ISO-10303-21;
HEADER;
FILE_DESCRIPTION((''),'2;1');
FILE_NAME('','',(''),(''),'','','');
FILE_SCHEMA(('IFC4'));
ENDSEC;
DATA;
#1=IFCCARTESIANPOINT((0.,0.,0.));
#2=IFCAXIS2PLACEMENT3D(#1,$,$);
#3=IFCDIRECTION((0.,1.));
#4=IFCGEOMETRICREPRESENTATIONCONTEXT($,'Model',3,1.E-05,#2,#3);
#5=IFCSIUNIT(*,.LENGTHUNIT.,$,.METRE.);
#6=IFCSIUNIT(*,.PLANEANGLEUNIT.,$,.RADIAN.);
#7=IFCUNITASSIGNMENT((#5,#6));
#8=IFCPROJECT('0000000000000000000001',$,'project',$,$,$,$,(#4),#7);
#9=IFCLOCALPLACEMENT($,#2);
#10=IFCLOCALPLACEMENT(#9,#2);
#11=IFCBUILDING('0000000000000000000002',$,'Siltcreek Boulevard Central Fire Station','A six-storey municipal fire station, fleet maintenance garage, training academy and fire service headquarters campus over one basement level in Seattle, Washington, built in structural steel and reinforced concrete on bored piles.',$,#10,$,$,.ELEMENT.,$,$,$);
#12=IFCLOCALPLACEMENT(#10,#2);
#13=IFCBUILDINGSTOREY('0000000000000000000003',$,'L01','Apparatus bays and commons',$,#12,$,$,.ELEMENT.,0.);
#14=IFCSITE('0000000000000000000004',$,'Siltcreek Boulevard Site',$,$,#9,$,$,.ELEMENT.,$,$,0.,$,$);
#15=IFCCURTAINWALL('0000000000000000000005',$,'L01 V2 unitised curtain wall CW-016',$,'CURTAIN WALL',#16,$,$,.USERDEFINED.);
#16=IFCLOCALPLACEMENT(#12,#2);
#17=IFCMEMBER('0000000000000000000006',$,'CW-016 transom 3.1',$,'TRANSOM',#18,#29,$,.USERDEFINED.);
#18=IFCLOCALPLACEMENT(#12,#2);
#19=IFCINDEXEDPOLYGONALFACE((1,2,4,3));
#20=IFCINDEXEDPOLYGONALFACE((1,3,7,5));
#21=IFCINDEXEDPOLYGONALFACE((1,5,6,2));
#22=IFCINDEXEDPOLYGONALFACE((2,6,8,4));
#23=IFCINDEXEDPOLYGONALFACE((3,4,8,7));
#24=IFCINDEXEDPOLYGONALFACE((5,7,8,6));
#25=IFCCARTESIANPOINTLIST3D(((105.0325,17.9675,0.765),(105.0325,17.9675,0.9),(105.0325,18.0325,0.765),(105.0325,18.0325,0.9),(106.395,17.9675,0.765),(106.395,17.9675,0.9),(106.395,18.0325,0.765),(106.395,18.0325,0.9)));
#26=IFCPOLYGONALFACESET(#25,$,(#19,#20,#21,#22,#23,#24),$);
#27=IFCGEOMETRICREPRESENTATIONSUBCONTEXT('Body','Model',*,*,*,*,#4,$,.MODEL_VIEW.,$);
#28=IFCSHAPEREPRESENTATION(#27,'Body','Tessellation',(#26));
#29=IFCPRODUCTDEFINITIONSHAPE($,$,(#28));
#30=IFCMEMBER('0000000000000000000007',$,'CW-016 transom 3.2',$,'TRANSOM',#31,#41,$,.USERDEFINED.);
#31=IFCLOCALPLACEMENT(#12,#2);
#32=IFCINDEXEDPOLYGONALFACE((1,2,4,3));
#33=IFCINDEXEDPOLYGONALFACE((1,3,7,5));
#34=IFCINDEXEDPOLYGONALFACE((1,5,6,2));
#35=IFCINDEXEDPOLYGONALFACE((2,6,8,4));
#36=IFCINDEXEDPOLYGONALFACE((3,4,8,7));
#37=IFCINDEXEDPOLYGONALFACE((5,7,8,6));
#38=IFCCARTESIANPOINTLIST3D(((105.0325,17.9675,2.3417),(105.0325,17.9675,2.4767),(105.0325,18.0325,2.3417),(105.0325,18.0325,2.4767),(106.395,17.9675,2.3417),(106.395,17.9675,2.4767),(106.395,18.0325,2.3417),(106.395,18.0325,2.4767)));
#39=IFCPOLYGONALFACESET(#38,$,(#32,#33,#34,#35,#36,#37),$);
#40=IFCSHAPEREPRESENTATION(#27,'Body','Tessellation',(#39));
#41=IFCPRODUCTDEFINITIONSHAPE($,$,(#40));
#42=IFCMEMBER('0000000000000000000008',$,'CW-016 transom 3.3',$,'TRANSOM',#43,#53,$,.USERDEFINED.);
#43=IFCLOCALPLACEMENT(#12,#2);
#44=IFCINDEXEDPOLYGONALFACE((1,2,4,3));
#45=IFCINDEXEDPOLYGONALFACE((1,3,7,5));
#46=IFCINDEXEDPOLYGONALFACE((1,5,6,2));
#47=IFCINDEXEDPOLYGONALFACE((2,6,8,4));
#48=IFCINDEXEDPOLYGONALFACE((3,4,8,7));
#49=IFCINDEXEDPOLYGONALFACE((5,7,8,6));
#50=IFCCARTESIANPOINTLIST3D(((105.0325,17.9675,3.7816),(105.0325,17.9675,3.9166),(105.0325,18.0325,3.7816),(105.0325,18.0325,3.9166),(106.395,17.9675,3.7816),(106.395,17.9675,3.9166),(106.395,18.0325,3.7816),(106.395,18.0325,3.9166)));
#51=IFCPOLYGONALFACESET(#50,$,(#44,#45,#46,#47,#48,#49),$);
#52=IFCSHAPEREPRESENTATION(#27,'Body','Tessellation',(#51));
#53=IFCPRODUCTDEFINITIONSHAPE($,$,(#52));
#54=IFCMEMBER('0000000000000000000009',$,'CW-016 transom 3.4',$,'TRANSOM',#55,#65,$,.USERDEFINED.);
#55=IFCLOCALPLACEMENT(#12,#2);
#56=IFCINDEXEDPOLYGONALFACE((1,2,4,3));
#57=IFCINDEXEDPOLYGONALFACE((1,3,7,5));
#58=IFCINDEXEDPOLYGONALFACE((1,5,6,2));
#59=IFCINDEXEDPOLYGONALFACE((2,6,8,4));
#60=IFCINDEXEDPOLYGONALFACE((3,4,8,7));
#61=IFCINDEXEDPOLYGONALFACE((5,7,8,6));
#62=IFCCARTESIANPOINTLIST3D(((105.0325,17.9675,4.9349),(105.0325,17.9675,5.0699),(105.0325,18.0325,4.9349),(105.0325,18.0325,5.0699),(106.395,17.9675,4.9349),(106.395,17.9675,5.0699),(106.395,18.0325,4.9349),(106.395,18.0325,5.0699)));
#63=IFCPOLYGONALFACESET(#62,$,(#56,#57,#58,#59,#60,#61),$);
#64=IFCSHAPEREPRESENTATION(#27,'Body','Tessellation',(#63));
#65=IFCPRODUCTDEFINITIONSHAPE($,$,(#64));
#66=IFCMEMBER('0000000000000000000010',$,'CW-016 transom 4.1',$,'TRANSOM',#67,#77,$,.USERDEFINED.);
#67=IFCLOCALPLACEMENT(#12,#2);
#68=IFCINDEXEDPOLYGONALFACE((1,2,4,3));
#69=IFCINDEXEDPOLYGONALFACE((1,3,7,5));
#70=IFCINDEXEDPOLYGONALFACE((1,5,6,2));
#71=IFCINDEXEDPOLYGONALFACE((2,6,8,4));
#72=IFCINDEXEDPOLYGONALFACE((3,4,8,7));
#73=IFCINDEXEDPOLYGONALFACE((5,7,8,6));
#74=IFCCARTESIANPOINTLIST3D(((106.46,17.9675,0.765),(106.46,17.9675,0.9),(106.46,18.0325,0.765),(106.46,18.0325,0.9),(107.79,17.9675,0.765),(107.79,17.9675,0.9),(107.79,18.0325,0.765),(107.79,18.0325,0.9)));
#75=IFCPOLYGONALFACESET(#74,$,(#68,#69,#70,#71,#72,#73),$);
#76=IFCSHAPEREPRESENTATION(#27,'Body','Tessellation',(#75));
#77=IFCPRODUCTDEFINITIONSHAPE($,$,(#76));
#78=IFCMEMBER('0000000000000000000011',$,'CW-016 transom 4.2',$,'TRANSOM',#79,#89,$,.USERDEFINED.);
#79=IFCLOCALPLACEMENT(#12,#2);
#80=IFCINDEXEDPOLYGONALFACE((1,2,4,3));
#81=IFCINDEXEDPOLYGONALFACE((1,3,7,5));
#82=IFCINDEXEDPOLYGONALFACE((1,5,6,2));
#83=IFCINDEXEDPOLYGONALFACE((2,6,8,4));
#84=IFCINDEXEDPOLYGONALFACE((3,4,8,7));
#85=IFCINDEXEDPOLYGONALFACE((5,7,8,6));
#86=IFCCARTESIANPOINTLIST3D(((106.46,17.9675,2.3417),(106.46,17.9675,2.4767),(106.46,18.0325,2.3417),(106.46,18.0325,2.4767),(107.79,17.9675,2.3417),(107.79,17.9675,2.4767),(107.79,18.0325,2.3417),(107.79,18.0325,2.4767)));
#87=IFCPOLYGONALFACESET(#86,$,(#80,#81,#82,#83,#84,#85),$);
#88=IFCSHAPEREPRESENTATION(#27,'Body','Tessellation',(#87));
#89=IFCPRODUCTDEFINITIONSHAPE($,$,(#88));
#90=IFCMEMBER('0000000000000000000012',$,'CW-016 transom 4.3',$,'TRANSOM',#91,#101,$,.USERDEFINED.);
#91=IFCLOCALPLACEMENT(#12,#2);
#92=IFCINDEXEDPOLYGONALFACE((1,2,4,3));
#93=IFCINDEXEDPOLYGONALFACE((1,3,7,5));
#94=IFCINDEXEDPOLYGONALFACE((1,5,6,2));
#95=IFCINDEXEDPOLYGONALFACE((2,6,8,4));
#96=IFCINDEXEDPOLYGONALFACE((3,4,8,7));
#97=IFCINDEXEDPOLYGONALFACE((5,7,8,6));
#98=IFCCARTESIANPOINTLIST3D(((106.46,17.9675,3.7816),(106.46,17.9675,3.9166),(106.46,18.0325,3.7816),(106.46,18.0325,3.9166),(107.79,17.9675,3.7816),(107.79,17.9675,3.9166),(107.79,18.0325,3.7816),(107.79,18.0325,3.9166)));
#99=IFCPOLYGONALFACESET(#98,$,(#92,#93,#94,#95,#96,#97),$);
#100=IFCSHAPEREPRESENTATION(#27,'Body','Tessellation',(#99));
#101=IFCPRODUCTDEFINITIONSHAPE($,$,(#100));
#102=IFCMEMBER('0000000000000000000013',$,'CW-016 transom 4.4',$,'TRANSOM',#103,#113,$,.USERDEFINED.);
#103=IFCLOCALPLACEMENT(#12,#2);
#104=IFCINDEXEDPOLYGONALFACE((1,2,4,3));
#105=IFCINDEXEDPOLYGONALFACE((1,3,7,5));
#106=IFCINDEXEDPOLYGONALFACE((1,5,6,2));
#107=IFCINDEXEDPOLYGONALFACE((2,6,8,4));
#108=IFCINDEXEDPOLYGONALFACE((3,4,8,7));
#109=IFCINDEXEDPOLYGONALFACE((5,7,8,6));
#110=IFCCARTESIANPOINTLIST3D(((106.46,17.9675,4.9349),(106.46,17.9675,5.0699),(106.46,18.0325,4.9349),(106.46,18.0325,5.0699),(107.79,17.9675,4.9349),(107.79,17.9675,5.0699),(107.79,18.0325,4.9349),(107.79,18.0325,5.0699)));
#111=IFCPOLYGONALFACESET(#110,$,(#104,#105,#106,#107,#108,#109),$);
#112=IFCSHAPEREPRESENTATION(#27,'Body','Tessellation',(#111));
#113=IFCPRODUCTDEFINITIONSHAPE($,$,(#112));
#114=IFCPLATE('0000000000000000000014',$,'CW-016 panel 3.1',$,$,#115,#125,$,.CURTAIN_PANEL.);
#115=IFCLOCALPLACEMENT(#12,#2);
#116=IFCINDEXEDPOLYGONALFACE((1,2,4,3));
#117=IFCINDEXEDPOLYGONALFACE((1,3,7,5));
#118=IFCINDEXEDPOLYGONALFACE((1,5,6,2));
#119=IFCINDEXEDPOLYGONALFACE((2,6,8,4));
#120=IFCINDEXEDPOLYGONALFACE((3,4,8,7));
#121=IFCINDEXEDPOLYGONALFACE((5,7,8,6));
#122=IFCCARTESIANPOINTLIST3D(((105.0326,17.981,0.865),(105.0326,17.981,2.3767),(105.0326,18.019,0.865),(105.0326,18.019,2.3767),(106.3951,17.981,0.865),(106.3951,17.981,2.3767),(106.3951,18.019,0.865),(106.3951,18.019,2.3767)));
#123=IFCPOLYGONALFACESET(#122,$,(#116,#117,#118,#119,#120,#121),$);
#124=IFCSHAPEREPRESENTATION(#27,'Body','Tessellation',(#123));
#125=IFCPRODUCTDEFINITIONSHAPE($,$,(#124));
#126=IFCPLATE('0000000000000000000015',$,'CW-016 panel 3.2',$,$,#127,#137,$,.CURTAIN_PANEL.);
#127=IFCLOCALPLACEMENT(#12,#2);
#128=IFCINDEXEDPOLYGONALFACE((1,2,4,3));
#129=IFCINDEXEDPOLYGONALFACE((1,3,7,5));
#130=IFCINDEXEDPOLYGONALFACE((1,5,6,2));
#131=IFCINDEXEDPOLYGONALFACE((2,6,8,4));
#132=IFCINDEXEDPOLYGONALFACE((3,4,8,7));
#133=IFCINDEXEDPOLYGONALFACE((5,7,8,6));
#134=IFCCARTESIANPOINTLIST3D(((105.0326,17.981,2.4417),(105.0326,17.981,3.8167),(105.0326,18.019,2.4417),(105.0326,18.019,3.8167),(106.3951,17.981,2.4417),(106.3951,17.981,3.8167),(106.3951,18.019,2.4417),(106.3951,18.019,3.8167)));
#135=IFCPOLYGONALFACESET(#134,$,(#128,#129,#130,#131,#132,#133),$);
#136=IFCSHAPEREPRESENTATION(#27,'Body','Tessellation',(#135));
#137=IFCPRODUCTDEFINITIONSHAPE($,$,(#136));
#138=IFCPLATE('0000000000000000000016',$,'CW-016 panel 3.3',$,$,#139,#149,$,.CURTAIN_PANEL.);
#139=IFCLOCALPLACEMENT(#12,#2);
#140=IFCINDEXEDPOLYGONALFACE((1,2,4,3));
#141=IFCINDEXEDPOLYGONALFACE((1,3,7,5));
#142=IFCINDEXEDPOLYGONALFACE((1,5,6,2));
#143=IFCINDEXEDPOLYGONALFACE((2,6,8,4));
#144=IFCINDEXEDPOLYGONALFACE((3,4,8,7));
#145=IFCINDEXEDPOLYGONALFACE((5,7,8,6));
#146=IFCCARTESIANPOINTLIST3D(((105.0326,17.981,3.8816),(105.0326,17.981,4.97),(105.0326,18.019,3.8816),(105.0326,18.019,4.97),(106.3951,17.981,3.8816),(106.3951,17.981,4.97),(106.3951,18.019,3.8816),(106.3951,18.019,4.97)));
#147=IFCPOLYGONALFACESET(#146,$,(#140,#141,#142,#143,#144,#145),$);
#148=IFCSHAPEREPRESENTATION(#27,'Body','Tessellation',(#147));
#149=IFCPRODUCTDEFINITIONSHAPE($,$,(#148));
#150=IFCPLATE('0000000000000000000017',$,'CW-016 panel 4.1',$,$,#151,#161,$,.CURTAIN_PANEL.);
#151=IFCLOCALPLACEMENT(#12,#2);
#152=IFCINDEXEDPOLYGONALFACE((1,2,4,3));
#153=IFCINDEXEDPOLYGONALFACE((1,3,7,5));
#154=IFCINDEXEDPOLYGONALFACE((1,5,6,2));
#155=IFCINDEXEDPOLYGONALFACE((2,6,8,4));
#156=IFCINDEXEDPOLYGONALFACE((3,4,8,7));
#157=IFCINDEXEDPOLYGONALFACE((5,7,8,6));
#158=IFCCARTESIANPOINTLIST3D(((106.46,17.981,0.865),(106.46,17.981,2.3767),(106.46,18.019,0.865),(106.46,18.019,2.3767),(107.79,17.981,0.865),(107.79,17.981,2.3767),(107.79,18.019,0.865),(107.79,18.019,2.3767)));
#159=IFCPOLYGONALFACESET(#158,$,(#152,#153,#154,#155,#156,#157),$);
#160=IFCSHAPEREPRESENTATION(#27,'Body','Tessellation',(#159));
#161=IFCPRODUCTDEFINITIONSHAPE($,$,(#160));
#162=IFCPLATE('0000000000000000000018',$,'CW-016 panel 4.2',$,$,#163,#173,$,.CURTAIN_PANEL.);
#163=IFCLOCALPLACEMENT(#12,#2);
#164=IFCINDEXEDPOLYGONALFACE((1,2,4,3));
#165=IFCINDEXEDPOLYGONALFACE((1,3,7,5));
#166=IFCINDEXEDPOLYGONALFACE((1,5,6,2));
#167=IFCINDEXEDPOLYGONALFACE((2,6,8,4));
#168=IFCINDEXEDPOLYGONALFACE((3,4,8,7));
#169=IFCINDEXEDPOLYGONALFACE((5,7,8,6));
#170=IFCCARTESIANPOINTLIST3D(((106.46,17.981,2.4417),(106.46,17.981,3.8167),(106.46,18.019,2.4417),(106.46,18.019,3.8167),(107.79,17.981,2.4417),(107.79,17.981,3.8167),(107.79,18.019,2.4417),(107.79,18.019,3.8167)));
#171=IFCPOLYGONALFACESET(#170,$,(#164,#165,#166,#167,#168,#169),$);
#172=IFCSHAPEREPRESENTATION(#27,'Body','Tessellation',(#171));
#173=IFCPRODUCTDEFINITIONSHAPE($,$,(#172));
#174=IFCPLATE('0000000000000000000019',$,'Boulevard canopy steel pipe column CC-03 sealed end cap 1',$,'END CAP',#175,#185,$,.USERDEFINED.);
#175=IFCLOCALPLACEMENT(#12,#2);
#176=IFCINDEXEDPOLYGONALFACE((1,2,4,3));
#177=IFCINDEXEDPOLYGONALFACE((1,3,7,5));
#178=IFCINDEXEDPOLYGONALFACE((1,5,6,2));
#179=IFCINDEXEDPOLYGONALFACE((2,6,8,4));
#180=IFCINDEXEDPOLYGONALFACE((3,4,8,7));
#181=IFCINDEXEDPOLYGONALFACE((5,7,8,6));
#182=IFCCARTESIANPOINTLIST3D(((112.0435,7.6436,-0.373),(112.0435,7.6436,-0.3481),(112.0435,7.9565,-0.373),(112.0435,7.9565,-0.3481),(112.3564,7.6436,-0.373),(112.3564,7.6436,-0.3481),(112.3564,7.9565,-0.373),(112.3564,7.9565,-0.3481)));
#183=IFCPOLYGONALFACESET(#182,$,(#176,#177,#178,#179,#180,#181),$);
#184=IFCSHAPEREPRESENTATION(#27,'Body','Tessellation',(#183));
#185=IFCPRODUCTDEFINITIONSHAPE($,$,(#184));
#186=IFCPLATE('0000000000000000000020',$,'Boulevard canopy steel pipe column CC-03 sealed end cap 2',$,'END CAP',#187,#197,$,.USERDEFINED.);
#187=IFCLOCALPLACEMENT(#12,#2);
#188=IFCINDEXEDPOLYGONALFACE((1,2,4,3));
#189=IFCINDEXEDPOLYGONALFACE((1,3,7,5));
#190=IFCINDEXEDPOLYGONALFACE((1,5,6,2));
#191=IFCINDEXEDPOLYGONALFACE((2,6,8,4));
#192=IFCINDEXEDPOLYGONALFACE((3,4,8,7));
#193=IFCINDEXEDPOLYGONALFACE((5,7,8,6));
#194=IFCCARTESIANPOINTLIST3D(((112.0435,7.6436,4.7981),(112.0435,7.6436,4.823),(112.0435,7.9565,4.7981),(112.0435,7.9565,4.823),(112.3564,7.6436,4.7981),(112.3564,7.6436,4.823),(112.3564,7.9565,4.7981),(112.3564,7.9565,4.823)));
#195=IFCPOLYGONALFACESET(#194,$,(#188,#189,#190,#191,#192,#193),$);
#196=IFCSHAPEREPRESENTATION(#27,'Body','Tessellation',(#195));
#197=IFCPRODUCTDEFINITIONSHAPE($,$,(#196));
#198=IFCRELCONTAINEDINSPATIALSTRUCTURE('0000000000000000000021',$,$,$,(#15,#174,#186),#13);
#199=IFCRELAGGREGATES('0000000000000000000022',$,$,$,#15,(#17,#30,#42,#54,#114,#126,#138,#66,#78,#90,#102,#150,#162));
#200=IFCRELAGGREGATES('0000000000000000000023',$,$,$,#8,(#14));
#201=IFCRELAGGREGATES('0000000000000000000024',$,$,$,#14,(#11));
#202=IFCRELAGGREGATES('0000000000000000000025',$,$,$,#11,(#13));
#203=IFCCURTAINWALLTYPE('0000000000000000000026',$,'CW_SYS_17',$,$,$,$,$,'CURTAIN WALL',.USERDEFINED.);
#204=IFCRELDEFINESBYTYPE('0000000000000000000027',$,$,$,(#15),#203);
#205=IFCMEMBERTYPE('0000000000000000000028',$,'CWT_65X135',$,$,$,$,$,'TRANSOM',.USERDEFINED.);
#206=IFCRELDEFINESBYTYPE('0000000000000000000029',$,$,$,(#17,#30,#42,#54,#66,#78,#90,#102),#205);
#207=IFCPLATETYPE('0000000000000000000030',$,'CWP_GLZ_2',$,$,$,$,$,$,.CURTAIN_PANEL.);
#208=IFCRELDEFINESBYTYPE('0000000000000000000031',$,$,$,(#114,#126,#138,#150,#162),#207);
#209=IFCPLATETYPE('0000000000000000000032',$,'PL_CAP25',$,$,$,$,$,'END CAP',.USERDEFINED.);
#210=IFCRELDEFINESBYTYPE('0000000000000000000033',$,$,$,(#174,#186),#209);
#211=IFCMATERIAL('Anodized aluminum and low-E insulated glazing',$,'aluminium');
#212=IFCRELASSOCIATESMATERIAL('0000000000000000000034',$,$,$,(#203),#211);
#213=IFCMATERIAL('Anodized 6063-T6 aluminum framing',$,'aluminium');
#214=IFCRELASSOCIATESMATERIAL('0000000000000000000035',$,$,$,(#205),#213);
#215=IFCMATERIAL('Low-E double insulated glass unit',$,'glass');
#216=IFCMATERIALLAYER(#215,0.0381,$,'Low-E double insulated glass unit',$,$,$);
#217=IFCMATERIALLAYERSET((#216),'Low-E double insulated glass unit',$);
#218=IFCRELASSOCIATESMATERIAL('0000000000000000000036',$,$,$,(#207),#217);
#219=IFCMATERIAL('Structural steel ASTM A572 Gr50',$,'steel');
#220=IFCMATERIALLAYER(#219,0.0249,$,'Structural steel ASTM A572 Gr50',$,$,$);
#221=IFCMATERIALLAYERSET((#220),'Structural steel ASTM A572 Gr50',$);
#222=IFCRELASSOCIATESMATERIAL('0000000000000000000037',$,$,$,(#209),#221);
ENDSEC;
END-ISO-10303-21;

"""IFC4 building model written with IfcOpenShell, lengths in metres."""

from ifc_helpers import new_model, si_unit, direction, frame, origin, origin_2d, place, context, subcontext, project, spatial, rectangle, extrude, material, layer, layer_set, material_profile, profile_set, type_object, element, aggregate, save


model = new_model("IFC4")

# Units and contexts
model_context = context("Model", 3, precision=1e-05, world=origin(), true_north=direction((0.0, 1.0)))
body_context = subcontext(model_context, "Body", "Model", "MODEL_VIEW")
ifc_project = project(units=[si_unit("LENGTHUNIT", "METRE"), si_unit("PLANEANGLEUNIT", "RADIAN")], contexts=[model_context])

# Site, building, storey
site_placement = place(None, origin())
site = spatial("IfcSite", under=ifc_project, at=site_placement, Name="Siltcreek Boulevard Site", CompositionType="ELEMENT", RefElevation=0.0)
building_placement = place(site_placement, origin())
building = spatial("IfcBuilding", under=site, at=building_placement, Name="Siltcreek Boulevard Central Fire Station", Description="A six-storey municipal fire station, fleet maintenance garage, training academy and fire service headquarters campus over one basement level in Seattle, Washington, built in structural steel and reinforced concrete on bored piles.", CompositionType="ELEMENT")
storey_placement = place(building_placement, origin())
storey = spatial("IfcBuildingStorey", under=building, at=storey_placement, Name="L01", Description="Apparatus bays and commons", CompositionType="ELEMENT", Elevation=0.0)

# Curtain wall, members, plates
ifc_material_1 = material(Name="Anodized aluminum and low-E insulated glazing", Category="aluminium")
curtain_wall_type = type_object("IfcCurtainWallType", Name="CW_SYS_17", ElementType="CURTAIN WALL", PredefinedType="USERDEFINED", material=ifc_material_1)
curtain_wall_placement = place(storey_placement, origin())
curtain_wall = element("IfcCurtainWall", 1, at=curtain_wall_placement, inside=storey, type_object=curtain_wall_type, Name="L01 V2 unitised curtain wall CW-016", ObjectType="CURTAIN WALL", PredefinedType="USERDEFINED")
ifc_material_2 = material(Name="Anodized 6063-T6 aluminum framing", Category="aluminium")
ifc_material_profile_1 = material_profile(ifc_material_2, rectangle(XDim=0.0649, YDim=0.135, at=origin_2d()), Name="TRAN65X135")
ifc_profile_set_1 = profile_set([ifc_material_profile_1], Name="Anodized 6063-T6 aluminum framing")
member_type_1 = type_object("IfcMemberType", Name="CWT_65X135", ElementType="TRANSOM", PredefinedType="USERDEFINED", material=ifc_profile_set_1)
member_1_placement = place(storey_placement, frame((105.0325, 18.0, 0.8325), z_axis=(1.0, 0.0, 0.0), x_axis=(0.0, 1.0, 0.0)))
member_1 = element("IfcMember", 2, at=member_1_placement, type_object=member_type_1, Name="CW-016 transom 3.1", ObjectType="TRANSOM", PredefinedType="USERDEFINED", context=body_context, shape_type="SweptSolid", body=[
    extrude(rectangle(XDim=0.0649, YDim=0.135, at=origin_2d()), origin(), (0.0, 0.0, 1.0), 1.3625),
])
member_2_placement = place(storey_placement, frame((105.0325, 18.0, 2.4092), z_axis=(1.0, 0.0, 0.0), x_axis=(0.0, 1.0, 0.0)))
member_2 = element("IfcMember", 3, at=member_2_placement, type_object=member_type_1, Name="CW-016 transom 3.2", ObjectType="TRANSOM", PredefinedType="USERDEFINED", context=body_context, shape_type="SweptSolid", body=[
    extrude(rectangle(XDim=0.0649, YDim=0.135, at=origin_2d()), origin(), (0.0, 0.0, 1.0), 1.3625),
])
member_3_placement = place(storey_placement, frame((105.0325, 18.0, 3.8491), z_axis=(1.0, 0.0, 0.0), x_axis=(0.0, 1.0, 0.0)))
member_3 = element("IfcMember", 4, at=member_3_placement, type_object=member_type_1, Name="CW-016 transom 3.3", ObjectType="TRANSOM", PredefinedType="USERDEFINED", context=body_context, shape_type="SweptSolid", body=[
    extrude(rectangle(XDim=0.0649, YDim=0.135, at=origin_2d()), origin(), (0.0, 0.0, 1.0), 1.3625),
])
member_4_placement = place(storey_placement, frame((105.0325, 18.0, 5.0024), z_axis=(1.0, 0.0, 0.0), x_axis=(0.0, 1.0, 0.0)))
member_4 = element("IfcMember", 5, at=member_4_placement, type_object=member_type_1, Name="CW-016 transom 3.4", ObjectType="TRANSOM", PredefinedType="USERDEFINED", context=body_context, shape_type="SweptSolid", body=[
    extrude(rectangle(XDim=0.0649, YDim=0.135, at=origin_2d()), origin(), (0.0, 0.0, 1.0), 1.3625),
])
member_5_placement = place(storey_placement, frame((106.46, 18.0, 0.8325), z_axis=(1.0, 0.0, 0.0), x_axis=(0.0, 1.0, 0.0)))
member_5 = element("IfcMember", 6, at=member_5_placement, type_object=member_type_1, Name="CW-016 transom 4.1", ObjectType="TRANSOM", PredefinedType="USERDEFINED", context=body_context, shape_type="SweptSolid", body=[
    extrude(rectangle(XDim=0.0649, YDim=0.135, at=origin_2d()), origin(), (0.0, 0.0, 1.0), 1.3301),
])
member_6_placement = place(storey_placement, frame((106.46, 18.0, 2.4092), z_axis=(1.0, 0.0, 0.0), x_axis=(0.0, 1.0, 0.0)))
member_6 = element("IfcMember", 7, at=member_6_placement, type_object=member_type_1, Name="CW-016 transom 4.2", ObjectType="TRANSOM", PredefinedType="USERDEFINED", context=body_context, shape_type="SweptSolid", body=[
    extrude(rectangle(XDim=0.0649, YDim=0.135, at=origin_2d()), origin(), (0.0, 0.0, 1.0), 1.3301),
])
member_7_placement = place(storey_placement, frame((106.46, 18.0, 3.8491), z_axis=(1.0, 0.0, 0.0), x_axis=(0.0, 1.0, 0.0)))
member_7 = element("IfcMember", 8, at=member_7_placement, type_object=member_type_1, Name="CW-016 transom 4.3", ObjectType="TRANSOM", PredefinedType="USERDEFINED", context=body_context, shape_type="SweptSolid", body=[
    extrude(rectangle(XDim=0.0649, YDim=0.135, at=origin_2d()), origin(), (0.0, 0.0, 1.0), 1.3301),
])
member_8_placement = place(storey_placement, frame((106.46, 18.0, 5.0024), z_axis=(1.0, 0.0, 0.0), x_axis=(0.0, 1.0, 0.0)))
member_8 = element("IfcMember", 9, at=member_8_placement, type_object=member_type_1, Name="CW-016 transom 4.4", ObjectType="TRANSOM", PredefinedType="USERDEFINED", context=body_context, shape_type="SweptSolid", body=[
    extrude(rectangle(XDim=0.0649, YDim=0.135, at=origin_2d()), origin(), (0.0, 0.0, 1.0), 1.3301),
])
ifc_material_3 = material(Name="Low-E double insulated glass unit", Category="glass")
ifc_layer_1 = layer(ifc_material_3, 0.0381, Name="Low-E double insulated glass unit")
ifc_layer_set_1 = layer_set([ifc_layer_1], Name="Low-E double insulated glass unit")
plate_type_1 = type_object("IfcPlateType", Name="CWP_GLZ_2", PredefinedType="CURTAIN_PANEL", material=ifc_layer_set_1)
plate_1_placement = place(storey_placement, frame((105.7139, 18.0, 0.865), z_axis=(0.0, 0.0, 1.0), x_axis=(1.0, 0.0, 0.0)))
plate_1 = element("IfcPlate", 10, at=plate_1_placement, type_object=plate_type_1, Name="CW-016 panel 3.1", PredefinedType="CURTAIN_PANEL", context=body_context, shape_type="SweptSolid", body=[
    extrude(rectangle(XDim=1.3625, YDim=0.0381, at=origin_2d()), origin(), (0.0, 0.0, 1.0), 1.5117),
])
plate_2_placement = place(storey_placement, frame((105.7139, 18.0, 2.4417), z_axis=(0.0, 0.0, 1.0), x_axis=(1.0, 0.0, 0.0)))
plate_2 = element("IfcPlate", 11, at=plate_2_placement, type_object=plate_type_1, Name="CW-016 panel 3.2", PredefinedType="CURTAIN_PANEL", context=body_context, shape_type="SweptSolid", body=[
    extrude(rectangle(XDim=1.3625, YDim=0.0381, at=origin_2d()), origin(), (0.0, 0.0, 1.0), 1.375),
])
plate_3_placement = place(storey_placement, frame((105.7139, 18.0, 3.8816), z_axis=(0.0, 0.0, 1.0), x_axis=(1.0, 0.0, 0.0)))
plate_3 = element("IfcPlate", 12, at=plate_3_placement, type_object=plate_type_1, Name="CW-016 panel 3.3", PredefinedType="CURTAIN_PANEL", context=body_context, shape_type="SweptSolid", body=[
    extrude(rectangle(XDim=1.3625, YDim=0.0381, at=origin_2d()), origin(), (0.0, 0.0, 1.0), 1.0884),
])
plate_4_placement = place(storey_placement, frame((107.125, 18.0, 0.865), z_axis=(0.0, 0.0, 1.0), x_axis=(1.0, 0.0, 0.0)))
plate_4 = element("IfcPlate", 13, at=plate_4_placement, type_object=plate_type_1, Name="CW-016 panel 4.1", PredefinedType="CURTAIN_PANEL", context=body_context, shape_type="SweptSolid", body=[
    extrude(rectangle(XDim=1.3301, YDim=0.0381, at=origin_2d()), origin(), (0.0, 0.0, 1.0), 1.5117),
])
plate_5_placement = place(storey_placement, frame((107.125, 18.0, 2.4417), z_axis=(0.0, 0.0, 1.0), x_axis=(1.0, 0.0, 0.0)))
plate_5 = element("IfcPlate", 14, at=plate_5_placement, type_object=plate_type_1, Name="CW-016 panel 4.2", PredefinedType="CURTAIN_PANEL", context=body_context, shape_type="SweptSolid", body=[
    extrude(rectangle(XDim=1.3301, YDim=0.0381, at=origin_2d()), origin(), (0.0, 0.0, 1.0), 1.375),
])
aggregate(curtain_wall, [member_1, member_2, member_3, member_4, plate_1, plate_2, plate_3, member_5, member_6, member_7, member_8, plate_4, plate_5])

# Plates
ifc_material_4 = material(Name="Structural steel ASTM A572 Gr50", Category="steel")
ifc_layer_2 = layer(ifc_material_4, 0.0249, Name="Structural steel ASTM A572 Gr50")
ifc_layer_set_2 = layer_set([ifc_layer_2], Name="Structural steel ASTM A572 Gr50")
plate_type_2 = type_object("IfcPlateType", Name="PL_CAP25", ElementType="END CAP", PredefinedType="USERDEFINED", material=ifc_layer_set_2)
for number, where, z_axis, x_axis, name in (
    (15, (112.2, 7.8, -0.373), (0.0, 0.0, 1.0), (1.0, 0.0, 0.0), "Boulevard canopy steel pipe column CC-03 sealed end cap 1"),
    (16, (112.2, 7.8, 4.7981), (0.0, 0.0, 1.0), (1.0, 0.0, 0.0), "Boulevard canopy steel pipe column CC-03 sealed end cap 2"),
):
    element("IfcPlate", number, at=place(storey_placement, frame(where, z_axis=z_axis, x_axis=x_axis)), inside=storey, type_object=plate_type_2, Name=name, ObjectType="END CAP", PredefinedType="USERDEFINED", context=body_context, shape_type="SweptSolid", body=[
        extrude(rectangle(XDim=0.313, YDim=0.313, at=origin_2d()), origin(), (0.0, 0.0, 1.0), 0.0249),
    ])

save(model, "model.ifc")
